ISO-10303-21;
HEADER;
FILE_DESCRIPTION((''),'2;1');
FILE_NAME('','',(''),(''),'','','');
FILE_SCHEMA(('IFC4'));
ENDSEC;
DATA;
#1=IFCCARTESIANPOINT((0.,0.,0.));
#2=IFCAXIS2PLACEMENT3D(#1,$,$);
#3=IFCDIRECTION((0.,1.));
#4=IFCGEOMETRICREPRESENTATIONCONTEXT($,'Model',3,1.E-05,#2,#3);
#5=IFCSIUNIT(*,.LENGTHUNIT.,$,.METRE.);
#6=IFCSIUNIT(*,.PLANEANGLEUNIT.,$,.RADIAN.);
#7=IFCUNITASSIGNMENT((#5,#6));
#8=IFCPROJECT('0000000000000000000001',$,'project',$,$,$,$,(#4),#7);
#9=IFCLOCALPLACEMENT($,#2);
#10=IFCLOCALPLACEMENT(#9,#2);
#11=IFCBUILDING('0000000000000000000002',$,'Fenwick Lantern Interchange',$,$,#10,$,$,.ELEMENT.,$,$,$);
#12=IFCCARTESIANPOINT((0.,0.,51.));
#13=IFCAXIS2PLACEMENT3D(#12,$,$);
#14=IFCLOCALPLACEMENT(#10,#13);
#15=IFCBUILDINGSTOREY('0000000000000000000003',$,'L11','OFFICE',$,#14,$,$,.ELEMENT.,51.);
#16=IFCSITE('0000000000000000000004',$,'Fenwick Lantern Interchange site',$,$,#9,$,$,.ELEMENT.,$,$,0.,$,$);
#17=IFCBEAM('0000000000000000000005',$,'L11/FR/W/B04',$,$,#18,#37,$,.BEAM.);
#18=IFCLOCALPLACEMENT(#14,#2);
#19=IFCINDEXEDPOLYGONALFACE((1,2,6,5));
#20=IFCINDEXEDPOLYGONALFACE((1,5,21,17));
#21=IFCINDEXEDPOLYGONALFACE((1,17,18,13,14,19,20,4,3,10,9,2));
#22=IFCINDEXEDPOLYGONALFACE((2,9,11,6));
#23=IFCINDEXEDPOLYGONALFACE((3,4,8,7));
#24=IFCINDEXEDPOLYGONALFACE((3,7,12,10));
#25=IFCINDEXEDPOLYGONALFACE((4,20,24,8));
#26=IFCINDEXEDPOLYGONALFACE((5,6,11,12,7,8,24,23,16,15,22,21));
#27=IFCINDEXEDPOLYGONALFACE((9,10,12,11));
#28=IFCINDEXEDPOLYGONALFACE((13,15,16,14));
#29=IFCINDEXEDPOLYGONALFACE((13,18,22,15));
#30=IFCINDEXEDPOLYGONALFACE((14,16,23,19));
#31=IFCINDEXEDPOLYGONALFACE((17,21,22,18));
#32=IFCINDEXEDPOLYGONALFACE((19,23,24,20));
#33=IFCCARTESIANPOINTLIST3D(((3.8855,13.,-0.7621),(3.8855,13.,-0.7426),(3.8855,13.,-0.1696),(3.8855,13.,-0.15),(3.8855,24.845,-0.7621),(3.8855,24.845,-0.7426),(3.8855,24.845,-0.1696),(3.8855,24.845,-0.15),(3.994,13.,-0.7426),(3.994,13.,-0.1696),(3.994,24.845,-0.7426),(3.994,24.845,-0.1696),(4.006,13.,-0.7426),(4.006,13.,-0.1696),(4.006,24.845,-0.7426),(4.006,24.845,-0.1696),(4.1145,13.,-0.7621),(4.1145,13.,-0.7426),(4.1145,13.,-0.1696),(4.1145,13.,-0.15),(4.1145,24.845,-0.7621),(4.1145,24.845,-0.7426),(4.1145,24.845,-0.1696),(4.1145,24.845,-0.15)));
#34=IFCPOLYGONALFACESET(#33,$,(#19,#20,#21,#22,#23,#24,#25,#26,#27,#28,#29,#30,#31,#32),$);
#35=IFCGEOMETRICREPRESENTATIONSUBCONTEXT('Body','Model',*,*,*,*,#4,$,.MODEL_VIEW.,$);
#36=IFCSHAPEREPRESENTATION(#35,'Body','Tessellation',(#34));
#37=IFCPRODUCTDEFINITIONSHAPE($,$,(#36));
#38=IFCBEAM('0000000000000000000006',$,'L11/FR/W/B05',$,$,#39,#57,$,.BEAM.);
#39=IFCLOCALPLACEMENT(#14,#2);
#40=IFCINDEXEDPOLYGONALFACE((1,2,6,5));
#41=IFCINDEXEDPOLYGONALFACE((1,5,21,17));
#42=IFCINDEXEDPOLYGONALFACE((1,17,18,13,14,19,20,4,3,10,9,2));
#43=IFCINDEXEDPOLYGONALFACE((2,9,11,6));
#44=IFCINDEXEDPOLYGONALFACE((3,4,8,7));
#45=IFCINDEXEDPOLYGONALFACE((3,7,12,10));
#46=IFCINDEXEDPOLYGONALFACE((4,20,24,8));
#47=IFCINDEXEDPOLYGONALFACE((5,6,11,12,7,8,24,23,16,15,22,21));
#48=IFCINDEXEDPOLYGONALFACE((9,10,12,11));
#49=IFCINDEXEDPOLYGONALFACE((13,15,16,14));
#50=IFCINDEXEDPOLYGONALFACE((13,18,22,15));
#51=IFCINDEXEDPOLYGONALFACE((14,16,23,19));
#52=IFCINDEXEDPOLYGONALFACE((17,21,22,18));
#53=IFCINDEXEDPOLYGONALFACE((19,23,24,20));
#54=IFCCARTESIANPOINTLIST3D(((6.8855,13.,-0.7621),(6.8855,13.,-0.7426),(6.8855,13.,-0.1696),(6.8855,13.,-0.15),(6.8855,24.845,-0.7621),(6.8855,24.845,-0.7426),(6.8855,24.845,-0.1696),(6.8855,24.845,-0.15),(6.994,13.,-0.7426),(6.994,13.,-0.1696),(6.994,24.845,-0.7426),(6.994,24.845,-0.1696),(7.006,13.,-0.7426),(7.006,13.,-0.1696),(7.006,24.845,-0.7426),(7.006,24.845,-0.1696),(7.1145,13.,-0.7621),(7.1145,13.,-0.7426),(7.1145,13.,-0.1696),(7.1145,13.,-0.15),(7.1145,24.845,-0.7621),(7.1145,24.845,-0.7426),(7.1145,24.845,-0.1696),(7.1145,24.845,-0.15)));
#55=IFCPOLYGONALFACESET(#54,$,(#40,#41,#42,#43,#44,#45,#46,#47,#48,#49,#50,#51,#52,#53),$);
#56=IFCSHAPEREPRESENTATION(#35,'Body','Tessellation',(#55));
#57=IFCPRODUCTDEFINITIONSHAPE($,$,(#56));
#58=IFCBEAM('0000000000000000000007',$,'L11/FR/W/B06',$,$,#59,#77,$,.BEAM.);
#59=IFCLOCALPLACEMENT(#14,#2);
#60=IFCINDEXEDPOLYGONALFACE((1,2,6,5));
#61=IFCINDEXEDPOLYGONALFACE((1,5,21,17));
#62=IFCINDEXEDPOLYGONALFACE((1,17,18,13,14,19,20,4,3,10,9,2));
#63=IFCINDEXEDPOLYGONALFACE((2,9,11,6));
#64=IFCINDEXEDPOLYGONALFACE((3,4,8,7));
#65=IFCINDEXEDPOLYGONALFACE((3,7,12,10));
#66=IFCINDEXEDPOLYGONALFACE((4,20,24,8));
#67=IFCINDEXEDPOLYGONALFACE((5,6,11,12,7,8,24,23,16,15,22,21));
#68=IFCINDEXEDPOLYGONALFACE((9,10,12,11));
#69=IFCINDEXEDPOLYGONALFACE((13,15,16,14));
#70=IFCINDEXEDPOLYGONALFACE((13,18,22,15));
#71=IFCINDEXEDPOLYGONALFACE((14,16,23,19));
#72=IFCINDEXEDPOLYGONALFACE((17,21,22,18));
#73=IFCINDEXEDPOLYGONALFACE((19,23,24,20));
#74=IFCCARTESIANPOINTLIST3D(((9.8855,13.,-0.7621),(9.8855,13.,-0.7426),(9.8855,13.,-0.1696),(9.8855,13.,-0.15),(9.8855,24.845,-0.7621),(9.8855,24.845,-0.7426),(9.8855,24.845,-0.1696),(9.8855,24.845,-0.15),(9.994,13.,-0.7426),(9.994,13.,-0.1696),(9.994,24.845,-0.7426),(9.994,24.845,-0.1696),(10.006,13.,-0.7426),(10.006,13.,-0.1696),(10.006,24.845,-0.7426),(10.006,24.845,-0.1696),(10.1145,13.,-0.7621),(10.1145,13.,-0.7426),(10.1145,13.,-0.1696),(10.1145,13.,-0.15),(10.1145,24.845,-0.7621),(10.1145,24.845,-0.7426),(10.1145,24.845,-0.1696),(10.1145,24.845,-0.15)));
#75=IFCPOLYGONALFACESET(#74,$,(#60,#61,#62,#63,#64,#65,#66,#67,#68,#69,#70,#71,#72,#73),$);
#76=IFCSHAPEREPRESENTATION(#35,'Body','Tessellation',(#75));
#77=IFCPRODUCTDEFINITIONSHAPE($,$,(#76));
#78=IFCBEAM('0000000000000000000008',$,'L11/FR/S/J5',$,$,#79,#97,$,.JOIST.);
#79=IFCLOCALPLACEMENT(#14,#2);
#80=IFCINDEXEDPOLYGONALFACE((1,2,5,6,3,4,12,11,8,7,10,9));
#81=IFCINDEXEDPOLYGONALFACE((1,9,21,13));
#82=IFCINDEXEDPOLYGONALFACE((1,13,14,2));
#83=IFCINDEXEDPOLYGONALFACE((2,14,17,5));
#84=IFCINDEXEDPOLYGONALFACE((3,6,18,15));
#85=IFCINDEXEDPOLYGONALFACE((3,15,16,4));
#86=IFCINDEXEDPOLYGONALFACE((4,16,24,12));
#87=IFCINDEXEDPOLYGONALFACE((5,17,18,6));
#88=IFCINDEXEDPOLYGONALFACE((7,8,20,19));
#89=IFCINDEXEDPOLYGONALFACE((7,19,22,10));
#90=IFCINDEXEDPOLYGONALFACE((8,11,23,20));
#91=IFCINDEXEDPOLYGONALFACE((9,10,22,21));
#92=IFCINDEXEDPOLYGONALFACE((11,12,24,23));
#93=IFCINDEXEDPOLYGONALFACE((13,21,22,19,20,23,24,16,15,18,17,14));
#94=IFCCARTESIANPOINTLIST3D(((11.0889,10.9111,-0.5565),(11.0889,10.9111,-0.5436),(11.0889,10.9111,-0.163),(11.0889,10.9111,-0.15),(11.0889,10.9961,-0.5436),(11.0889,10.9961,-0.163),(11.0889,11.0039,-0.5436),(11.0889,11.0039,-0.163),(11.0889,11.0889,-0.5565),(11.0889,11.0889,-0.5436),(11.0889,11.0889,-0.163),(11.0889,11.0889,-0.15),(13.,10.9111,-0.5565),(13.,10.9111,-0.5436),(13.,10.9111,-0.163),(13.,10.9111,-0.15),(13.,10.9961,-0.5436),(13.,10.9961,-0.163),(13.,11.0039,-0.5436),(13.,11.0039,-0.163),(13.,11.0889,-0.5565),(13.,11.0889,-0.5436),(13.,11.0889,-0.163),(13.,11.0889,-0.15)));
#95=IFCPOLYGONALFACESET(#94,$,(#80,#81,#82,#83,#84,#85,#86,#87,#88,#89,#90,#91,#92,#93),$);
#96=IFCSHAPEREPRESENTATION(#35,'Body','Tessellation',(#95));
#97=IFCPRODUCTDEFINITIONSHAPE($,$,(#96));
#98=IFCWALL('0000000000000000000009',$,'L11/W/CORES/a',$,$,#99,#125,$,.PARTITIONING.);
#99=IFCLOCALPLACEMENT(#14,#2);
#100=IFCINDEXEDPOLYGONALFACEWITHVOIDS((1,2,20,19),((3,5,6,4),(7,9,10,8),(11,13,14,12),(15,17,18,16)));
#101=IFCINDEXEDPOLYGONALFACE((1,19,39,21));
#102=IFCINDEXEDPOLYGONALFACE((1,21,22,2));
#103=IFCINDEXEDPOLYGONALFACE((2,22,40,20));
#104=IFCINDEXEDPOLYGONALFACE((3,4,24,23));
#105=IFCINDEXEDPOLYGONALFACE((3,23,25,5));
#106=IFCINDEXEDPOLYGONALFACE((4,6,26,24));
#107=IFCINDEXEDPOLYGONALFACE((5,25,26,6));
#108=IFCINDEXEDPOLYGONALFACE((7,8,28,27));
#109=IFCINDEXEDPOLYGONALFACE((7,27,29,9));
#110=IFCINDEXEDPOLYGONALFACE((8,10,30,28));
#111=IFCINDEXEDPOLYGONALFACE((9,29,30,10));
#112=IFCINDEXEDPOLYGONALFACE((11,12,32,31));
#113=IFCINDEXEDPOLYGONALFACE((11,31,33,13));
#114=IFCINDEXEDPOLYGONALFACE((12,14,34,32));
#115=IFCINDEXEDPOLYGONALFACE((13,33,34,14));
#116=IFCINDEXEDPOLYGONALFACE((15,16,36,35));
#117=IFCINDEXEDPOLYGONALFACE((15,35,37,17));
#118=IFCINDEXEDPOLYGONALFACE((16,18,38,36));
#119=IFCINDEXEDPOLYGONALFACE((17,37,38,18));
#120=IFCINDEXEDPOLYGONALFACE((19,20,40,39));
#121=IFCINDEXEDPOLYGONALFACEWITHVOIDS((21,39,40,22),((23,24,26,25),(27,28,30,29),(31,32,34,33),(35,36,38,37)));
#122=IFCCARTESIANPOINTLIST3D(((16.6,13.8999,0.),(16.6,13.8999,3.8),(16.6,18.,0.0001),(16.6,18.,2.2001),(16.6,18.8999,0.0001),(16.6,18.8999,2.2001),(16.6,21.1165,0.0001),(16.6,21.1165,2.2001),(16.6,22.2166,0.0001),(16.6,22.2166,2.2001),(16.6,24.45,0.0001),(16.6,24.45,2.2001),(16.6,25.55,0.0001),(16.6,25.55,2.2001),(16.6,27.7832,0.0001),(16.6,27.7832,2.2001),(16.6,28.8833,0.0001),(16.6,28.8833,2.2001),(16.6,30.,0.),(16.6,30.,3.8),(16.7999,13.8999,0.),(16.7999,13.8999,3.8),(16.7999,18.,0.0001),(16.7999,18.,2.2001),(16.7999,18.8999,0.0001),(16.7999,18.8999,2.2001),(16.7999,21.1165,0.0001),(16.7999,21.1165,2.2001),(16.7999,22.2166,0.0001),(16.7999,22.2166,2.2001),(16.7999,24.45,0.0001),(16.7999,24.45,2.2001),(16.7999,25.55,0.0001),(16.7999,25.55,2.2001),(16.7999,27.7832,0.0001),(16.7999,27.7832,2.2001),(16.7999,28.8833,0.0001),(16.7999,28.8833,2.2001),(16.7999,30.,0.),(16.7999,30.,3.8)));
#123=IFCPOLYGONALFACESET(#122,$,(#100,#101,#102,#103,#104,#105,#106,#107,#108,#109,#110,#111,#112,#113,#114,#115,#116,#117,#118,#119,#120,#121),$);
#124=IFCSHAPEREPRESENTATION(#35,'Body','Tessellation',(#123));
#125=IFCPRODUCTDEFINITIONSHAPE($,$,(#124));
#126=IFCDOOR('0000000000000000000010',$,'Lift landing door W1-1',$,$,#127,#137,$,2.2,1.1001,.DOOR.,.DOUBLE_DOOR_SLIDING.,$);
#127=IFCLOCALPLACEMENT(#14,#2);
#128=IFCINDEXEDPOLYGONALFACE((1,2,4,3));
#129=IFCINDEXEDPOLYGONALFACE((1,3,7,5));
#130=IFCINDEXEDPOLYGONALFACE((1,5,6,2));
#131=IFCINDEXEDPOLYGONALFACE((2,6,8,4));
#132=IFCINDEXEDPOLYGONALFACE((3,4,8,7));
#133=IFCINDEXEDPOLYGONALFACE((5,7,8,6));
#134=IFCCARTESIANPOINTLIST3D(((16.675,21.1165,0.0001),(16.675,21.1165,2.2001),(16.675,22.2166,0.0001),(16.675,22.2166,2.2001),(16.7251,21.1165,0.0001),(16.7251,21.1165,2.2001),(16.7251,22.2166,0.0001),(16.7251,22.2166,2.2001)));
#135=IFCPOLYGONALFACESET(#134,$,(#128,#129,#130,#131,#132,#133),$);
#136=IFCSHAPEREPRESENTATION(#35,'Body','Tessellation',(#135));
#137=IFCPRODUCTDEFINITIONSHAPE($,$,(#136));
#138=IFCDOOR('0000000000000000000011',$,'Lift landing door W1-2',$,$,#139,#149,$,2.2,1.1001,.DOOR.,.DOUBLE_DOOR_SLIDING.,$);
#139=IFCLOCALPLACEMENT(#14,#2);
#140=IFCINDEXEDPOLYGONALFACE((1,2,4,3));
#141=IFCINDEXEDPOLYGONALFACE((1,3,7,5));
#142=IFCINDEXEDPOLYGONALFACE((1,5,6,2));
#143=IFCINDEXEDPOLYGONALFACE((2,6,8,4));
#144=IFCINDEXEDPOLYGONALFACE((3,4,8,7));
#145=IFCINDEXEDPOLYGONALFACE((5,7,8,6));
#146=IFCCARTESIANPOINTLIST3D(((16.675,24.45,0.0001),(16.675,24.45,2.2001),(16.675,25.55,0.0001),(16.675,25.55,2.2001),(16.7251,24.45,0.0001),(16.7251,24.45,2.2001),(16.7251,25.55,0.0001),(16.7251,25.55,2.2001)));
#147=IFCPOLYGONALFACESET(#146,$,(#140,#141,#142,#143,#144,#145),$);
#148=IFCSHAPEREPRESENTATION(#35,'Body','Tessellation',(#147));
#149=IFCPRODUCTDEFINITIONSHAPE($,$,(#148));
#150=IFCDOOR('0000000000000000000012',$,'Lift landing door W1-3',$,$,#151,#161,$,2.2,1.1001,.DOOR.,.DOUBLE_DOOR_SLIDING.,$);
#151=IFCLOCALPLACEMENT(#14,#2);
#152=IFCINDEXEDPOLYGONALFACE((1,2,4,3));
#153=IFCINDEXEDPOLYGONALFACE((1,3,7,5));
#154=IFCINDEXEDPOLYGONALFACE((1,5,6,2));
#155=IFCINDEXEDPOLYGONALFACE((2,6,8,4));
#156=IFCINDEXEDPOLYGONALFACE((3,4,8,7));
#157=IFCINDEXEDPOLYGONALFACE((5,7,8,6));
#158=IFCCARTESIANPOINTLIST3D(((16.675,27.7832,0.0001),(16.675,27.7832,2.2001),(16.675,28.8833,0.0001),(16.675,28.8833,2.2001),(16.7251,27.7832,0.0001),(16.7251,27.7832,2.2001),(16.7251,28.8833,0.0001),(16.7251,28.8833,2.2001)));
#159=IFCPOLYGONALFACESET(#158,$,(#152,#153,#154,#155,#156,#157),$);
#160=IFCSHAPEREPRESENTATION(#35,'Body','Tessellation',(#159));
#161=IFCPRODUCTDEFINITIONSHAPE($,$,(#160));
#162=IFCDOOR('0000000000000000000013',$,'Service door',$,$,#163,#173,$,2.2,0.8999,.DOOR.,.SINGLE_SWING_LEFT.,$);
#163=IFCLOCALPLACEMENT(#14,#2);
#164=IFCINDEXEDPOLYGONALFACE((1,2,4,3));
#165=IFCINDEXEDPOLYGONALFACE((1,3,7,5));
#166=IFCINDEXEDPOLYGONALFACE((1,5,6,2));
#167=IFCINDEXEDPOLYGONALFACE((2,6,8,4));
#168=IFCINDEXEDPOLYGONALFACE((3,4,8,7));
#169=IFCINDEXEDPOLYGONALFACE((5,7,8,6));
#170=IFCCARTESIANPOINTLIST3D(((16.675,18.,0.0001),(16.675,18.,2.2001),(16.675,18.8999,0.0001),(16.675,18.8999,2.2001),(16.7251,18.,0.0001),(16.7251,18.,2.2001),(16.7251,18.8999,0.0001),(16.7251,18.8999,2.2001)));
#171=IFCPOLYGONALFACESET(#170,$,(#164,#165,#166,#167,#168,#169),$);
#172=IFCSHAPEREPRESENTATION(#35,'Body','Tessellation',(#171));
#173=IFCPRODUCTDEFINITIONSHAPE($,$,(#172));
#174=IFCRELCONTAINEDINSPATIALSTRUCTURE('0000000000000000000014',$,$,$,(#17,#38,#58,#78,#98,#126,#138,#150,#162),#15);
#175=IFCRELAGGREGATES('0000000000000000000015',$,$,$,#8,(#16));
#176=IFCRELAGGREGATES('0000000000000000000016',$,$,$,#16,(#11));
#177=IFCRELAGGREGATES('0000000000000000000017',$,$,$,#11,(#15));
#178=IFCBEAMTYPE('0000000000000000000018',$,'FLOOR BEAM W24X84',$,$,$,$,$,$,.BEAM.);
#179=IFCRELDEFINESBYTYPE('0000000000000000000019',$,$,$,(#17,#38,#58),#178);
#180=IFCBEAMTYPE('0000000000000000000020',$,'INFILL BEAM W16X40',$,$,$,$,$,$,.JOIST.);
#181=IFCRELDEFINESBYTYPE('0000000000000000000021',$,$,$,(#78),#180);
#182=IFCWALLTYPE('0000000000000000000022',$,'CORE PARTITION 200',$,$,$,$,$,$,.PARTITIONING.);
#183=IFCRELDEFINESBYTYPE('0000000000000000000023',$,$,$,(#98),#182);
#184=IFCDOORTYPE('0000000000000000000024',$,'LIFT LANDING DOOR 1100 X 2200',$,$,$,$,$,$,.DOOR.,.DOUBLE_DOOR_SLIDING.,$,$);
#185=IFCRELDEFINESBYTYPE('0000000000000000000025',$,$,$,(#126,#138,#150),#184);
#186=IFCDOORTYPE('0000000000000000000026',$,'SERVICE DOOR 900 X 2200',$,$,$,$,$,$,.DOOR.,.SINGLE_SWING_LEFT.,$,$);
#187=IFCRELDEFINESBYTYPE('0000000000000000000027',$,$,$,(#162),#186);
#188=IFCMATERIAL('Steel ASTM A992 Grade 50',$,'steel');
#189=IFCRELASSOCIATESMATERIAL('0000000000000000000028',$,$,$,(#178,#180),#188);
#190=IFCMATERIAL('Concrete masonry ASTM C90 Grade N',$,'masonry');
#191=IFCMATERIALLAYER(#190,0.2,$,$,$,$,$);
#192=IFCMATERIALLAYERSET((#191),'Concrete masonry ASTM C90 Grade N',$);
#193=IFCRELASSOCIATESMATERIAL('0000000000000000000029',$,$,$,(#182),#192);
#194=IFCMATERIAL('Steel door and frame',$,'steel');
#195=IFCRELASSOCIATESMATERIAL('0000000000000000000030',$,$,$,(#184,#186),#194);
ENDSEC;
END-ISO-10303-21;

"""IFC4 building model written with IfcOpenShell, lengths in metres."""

from ifc_helpers import new_model, si_unit, direction, frame, frame_2d, origin, origin_2d, place, context, subcontext, project, spatial, rectangle, i_section, extrude, material, layer, layer_set, material_profile, profile_set, type_object, element, fill, save


model = new_model("IFC4")

# Units and contexts
model_context = context("Model", 3, precision=1e-05, world=origin(), true_north=direction((0.0, 1.0)))
body_context = subcontext(model_context, "Body", "Model", "MODEL_VIEW")
ifc_project = project(units=[si_unit("LENGTHUNIT", "METRE"), si_unit("PLANEANGLEUNIT", "RADIAN")], contexts=[model_context])

# Site, building, storey
site_placement = place(None, origin())
site = spatial("IfcSite", under=ifc_project, at=site_placement, Name="Fenwick Lantern Interchange site", CompositionType="ELEMENT", RefElevation=0.0)
building_placement = place(site_placement, origin())
building = spatial("IfcBuilding", under=site, at=building_placement, Name="Fenwick Lantern Interchange", CompositionType="ELEMENT")
storey_placement = place(building_placement, frame((0.0, 0.0, 51.0)))
storey = spatial("IfcBuildingStorey", under=building, at=storey_placement, Name="L11", Description="OFFICE", CompositionType="ELEMENT", Elevation=51.0)

# Beams
ifc_material_1 = material(Name="Steel ASTM A992 Grade 50", Category="steel")
ifc_material_profile_1 = material_profile(ifc_material_1, i_section(OverallWidth=0.229, OverallDepth=0.6121, WebThickness=0.012, FlangeThickness=0.0195, at=origin_2d()), Name="W24X84")
ifc_profile_set_1 = profile_set([ifc_material_profile_1], Name="Steel ASTM A992 Grade 50")
beam_type_1 = type_object("IfcBeamType", Name="FLOOR BEAM W24X84", PredefinedType="BEAM", material=ifc_profile_set_1)
for number, where, z_axis, x_axis, name in (
    (1, (4.0, 24.845, -0.4561), (0.0, -1.0, 0.0), (1.0, 0.0, 0.0), "L11/FR/W/B04"),
    (2, (7.0, 24.845, -0.4561), (0.0, -1.0, 0.0), (1.0, 0.0, 0.0), "L11/FR/W/B05"),
    (3, (10.0, 24.845, -0.4561), (0.0, -1.0, 0.0), (1.0, 0.0, 0.0), "L11/FR/W/B06"),
):
    element("IfcBeam", number, at=place(storey_placement, frame(where, z_axis=z_axis, x_axis=x_axis)), inside=storey, type_object=beam_type_1, Name=name, PredefinedType="BEAM", context=body_context, shape_type="SweptSolid", body=[
        extrude(i_section(OverallWidth=0.229, OverallDepth=0.6121, WebThickness=0.012, FlangeThickness=0.0195, at=origin_2d()), origin(), (0.0, 0.0, 1.0), 11.845),
    ])
ifc_material_profile_2 = material_profile(ifc_material_1, i_section(OverallWidth=0.1777, OverallDepth=0.4065, WebThickness=0.0078, FlangeThickness=0.0129, at=origin_2d()), Name="W16X40")
ifc_profile_set_2 = profile_set([ifc_material_profile_2], Name="Steel ASTM A992 Grade 50")
beam_type_2 = type_object("IfcBeamType", Name="INFILL BEAM W16X40", PredefinedType="JOIST", material=ifc_profile_set_2)
beam_placement = place(storey_placement, frame((11.0889, 11.0, -0.3533), z_axis=(1.0, 0.0, 0.0), x_axis=(0.0, 1.0, 0.0)))
element("IfcBeam", 4, at=beam_placement, inside=storey, type_object=beam_type_2, Name="L11/FR/S/J5", PredefinedType="JOIST", context=body_context, shape_type="SweptSolid", body=[
    extrude(i_section(OverallWidth=0.1777, OverallDepth=0.4065, WebThickness=0.0078, FlangeThickness=0.0129, at=origin_2d()), origin(), (0.0, 0.0, 1.0), 1.9111),
])

# Wall, openings, doors
ifc_material_2 = material(Name="Concrete masonry ASTM C90 Grade N", Category="masonry")
ifc_layer_1 = layer(ifc_material_2, 0.2)
ifc_layer_set_1 = layer_set([ifc_layer_1], Name="Concrete masonry ASTM C90 Grade N")
wall_type_1 = type_object("IfcWallType", Name="CORE PARTITION 200", PredefinedType="PARTITIONING", material=ifc_layer_set_1)
wall_1_placement = place(storey_placement, frame((16.7, 13.8999, 0.0), z_axis=(0.0, 0.0, 1.0), x_axis=(0.0, 1.0, 0.0)))
wall_1 = element("IfcWall", 5, at=wall_1_placement, inside=storey, type_object=wall_type_1, Name="L11/W/CORES/a", PredefinedType="PARTITIONING", context=body_context, shape_type="SweptSolid", body=[
    extrude(rectangle(XDim=16.1001, YDim=0.2, at=frame_2d((8.05, 0.0))), origin(), (0.0, 0.0, 1.0), 3.8),
])
opening_1_placement = place(wall_1_placement, frame((4.1001, 0.0, 0.0)))
opening_1 = element("IfcOpeningElement", 6, at=opening_1_placement, cuts=wall_1, PredefinedType="OPENING", context=body_context, shape_type="SweptSolid", body=[
    extrude(rectangle(XDim=0.8999, YDim=2.2, at=frame_2d((0.45, 1.1001))), frame((0.0, 0.1099, 0.0), z_axis=(0.0, -1.0, 0.0), x_axis=(1.0, 0.0, 0.0)), (0.0, 0.0, 1.0), 0.22),
])
opening_2_placement = place(wall_1_placement, frame((7.2166, 0.0, 0.0)))
opening_2 = element("IfcOpeningElement", 7, at=opening_2_placement, cuts=wall_1, PredefinedType="OPENING", context=body_context, shape_type="SweptSolid", body=[
    extrude(rectangle(XDim=1.1001, YDim=2.2, at=frame_2d((0.55, 1.1001))), frame((0.0, 0.1099, 0.0), z_axis=(0.0, -1.0, 0.0), x_axis=(1.0, 0.0, 0.0)), (0.0, 0.0, 1.0), 0.22),
])
opening_3_placement = place(wall_1_placement, frame((10.55, 0.0, 0.0)))
opening_3 = element("IfcOpeningElement", 8, at=opening_3_placement, cuts=wall_1, PredefinedType="OPENING", context=body_context, shape_type="SweptSolid", body=[
    extrude(rectangle(XDim=1.1001, YDim=2.2, at=frame_2d((0.55, 1.1001))), frame((0.0, 0.1099, 0.0), z_axis=(0.0, -1.0, 0.0), x_axis=(1.0, 0.0, 0.0)), (0.0, 0.0, 1.0), 0.22),
])
opening_4_placement = place(wall_1_placement, frame((13.8833, 0.0, 0.0)))
opening_4 = element("IfcOpeningElement", 9, at=opening_4_placement, cuts=wall_1, PredefinedType="OPENING", context=body_context, shape_type="SweptSolid", body=[
    extrude(rectangle(XDim=1.1001, YDim=2.2, at=frame_2d((0.55, 1.1001))), frame((0.0, 0.1099, 0.0), z_axis=(0.0, -1.0, 0.0), x_axis=(1.0, 0.0, 0.0)), (0.0, 0.0, 1.0), 0.22),
])
ifc_material_3 = material(Name="Steel door and frame", Category="steel")
door_type_1 = type_object("IfcDoorType", Name="LIFT LANDING DOOR 1100 X 2200", OperationType="DOUBLE_DOOR_SLIDING", PredefinedType="DOOR", material=ifc_material_3)
door_1_placement = place(opening_2_placement, origin())
door_1 = element("IfcDoor", 10, at=door_1_placement, inside=storey, type_object=door_type_1, Name="Lift landing door W1-1", OperationType="DOUBLE_DOOR_SLIDING", OverallHeight=2.2, OverallWidth=1.1001, PredefinedType="DOOR", context=body_context, shape_type="SweptSolid", body=[
    extrude(rectangle(XDim=1.1001, YDim=2.2, at=frame_2d((0.55, 1.1001))), frame((0.0, 0.0249, 0.0), z_axis=(0.0, -1.0, 0.0), x_axis=(1.0, 0.0, 0.0)), (0.0, 0.0, 1.0), 0.05),
])
fill(opening_2, door_1)
door_2_placement = place(opening_3_placement, origin())
door_2 = element("IfcDoor", 11, at=door_2_placement, inside=storey, type_object=door_type_1, Name="Lift landing door W1-2", OperationType="DOUBLE_DOOR_SLIDING", OverallHeight=2.2, OverallWidth=1.1001, PredefinedType="DOOR", context=body_context, shape_type="SweptSolid", body=[
    extrude(rectangle(XDim=1.1001, YDim=2.2, at=frame_2d((0.55, 1.1001))), frame((0.0, 0.0249, 0.0), z_axis=(0.0, -1.0, 0.0), x_axis=(1.0, 0.0, 0.0)), (0.0, 0.0, 1.0), 0.05),
])
fill(opening_3, door_2)
door_3_placement = place(opening_4_placement, origin())
door_3 = element("IfcDoor", 12, at=door_3_placement, inside=storey, type_object=door_type_1, Name="Lift landing door W1-3", OperationType="DOUBLE_DOOR_SLIDING", OverallHeight=2.2, OverallWidth=1.1001, PredefinedType="DOOR", context=body_context, shape_type="SweptSolid", body=[
    extrude(rectangle(XDim=1.1001, YDim=2.2, at=frame_2d((0.55, 1.1001))), frame((0.0, 0.0249, 0.0), z_axis=(0.0, -1.0, 0.0), x_axis=(1.0, 0.0, 0.0)), (0.0, 0.0, 1.0), 0.05),
])
fill(opening_4, door_3)
door_type_2 = type_object("IfcDoorType", Name="SERVICE DOOR 900 X 2200", OperationType="SINGLE_SWING_LEFT", PredefinedType="DOOR", material=ifc_material_3)
door_4_placement = place(opening_1_placement, origin())
door_4 = element("IfcDoor", 13, at=door_4_placement, inside=storey, type_object=door_type_2, Name="Service door", OperationType="SINGLE_SWING_LEFT", OverallHeight=2.2, OverallWidth=0.8999, PredefinedType="DOOR", context=body_context, shape_type="SweptSolid", body=[
    extrude(rectangle(XDim=0.8999, YDim=2.2, at=frame_2d((0.45, 1.1001))), frame((0.0, 0.0249, 0.0), z_axis=(0.0, -1.0, 0.0), x_axis=(1.0, 0.0, 0.0)), (0.0, 0.0, 1.0), 0.05),
])
fill(opening_1, door_4)

save(model, "model.ifc")
